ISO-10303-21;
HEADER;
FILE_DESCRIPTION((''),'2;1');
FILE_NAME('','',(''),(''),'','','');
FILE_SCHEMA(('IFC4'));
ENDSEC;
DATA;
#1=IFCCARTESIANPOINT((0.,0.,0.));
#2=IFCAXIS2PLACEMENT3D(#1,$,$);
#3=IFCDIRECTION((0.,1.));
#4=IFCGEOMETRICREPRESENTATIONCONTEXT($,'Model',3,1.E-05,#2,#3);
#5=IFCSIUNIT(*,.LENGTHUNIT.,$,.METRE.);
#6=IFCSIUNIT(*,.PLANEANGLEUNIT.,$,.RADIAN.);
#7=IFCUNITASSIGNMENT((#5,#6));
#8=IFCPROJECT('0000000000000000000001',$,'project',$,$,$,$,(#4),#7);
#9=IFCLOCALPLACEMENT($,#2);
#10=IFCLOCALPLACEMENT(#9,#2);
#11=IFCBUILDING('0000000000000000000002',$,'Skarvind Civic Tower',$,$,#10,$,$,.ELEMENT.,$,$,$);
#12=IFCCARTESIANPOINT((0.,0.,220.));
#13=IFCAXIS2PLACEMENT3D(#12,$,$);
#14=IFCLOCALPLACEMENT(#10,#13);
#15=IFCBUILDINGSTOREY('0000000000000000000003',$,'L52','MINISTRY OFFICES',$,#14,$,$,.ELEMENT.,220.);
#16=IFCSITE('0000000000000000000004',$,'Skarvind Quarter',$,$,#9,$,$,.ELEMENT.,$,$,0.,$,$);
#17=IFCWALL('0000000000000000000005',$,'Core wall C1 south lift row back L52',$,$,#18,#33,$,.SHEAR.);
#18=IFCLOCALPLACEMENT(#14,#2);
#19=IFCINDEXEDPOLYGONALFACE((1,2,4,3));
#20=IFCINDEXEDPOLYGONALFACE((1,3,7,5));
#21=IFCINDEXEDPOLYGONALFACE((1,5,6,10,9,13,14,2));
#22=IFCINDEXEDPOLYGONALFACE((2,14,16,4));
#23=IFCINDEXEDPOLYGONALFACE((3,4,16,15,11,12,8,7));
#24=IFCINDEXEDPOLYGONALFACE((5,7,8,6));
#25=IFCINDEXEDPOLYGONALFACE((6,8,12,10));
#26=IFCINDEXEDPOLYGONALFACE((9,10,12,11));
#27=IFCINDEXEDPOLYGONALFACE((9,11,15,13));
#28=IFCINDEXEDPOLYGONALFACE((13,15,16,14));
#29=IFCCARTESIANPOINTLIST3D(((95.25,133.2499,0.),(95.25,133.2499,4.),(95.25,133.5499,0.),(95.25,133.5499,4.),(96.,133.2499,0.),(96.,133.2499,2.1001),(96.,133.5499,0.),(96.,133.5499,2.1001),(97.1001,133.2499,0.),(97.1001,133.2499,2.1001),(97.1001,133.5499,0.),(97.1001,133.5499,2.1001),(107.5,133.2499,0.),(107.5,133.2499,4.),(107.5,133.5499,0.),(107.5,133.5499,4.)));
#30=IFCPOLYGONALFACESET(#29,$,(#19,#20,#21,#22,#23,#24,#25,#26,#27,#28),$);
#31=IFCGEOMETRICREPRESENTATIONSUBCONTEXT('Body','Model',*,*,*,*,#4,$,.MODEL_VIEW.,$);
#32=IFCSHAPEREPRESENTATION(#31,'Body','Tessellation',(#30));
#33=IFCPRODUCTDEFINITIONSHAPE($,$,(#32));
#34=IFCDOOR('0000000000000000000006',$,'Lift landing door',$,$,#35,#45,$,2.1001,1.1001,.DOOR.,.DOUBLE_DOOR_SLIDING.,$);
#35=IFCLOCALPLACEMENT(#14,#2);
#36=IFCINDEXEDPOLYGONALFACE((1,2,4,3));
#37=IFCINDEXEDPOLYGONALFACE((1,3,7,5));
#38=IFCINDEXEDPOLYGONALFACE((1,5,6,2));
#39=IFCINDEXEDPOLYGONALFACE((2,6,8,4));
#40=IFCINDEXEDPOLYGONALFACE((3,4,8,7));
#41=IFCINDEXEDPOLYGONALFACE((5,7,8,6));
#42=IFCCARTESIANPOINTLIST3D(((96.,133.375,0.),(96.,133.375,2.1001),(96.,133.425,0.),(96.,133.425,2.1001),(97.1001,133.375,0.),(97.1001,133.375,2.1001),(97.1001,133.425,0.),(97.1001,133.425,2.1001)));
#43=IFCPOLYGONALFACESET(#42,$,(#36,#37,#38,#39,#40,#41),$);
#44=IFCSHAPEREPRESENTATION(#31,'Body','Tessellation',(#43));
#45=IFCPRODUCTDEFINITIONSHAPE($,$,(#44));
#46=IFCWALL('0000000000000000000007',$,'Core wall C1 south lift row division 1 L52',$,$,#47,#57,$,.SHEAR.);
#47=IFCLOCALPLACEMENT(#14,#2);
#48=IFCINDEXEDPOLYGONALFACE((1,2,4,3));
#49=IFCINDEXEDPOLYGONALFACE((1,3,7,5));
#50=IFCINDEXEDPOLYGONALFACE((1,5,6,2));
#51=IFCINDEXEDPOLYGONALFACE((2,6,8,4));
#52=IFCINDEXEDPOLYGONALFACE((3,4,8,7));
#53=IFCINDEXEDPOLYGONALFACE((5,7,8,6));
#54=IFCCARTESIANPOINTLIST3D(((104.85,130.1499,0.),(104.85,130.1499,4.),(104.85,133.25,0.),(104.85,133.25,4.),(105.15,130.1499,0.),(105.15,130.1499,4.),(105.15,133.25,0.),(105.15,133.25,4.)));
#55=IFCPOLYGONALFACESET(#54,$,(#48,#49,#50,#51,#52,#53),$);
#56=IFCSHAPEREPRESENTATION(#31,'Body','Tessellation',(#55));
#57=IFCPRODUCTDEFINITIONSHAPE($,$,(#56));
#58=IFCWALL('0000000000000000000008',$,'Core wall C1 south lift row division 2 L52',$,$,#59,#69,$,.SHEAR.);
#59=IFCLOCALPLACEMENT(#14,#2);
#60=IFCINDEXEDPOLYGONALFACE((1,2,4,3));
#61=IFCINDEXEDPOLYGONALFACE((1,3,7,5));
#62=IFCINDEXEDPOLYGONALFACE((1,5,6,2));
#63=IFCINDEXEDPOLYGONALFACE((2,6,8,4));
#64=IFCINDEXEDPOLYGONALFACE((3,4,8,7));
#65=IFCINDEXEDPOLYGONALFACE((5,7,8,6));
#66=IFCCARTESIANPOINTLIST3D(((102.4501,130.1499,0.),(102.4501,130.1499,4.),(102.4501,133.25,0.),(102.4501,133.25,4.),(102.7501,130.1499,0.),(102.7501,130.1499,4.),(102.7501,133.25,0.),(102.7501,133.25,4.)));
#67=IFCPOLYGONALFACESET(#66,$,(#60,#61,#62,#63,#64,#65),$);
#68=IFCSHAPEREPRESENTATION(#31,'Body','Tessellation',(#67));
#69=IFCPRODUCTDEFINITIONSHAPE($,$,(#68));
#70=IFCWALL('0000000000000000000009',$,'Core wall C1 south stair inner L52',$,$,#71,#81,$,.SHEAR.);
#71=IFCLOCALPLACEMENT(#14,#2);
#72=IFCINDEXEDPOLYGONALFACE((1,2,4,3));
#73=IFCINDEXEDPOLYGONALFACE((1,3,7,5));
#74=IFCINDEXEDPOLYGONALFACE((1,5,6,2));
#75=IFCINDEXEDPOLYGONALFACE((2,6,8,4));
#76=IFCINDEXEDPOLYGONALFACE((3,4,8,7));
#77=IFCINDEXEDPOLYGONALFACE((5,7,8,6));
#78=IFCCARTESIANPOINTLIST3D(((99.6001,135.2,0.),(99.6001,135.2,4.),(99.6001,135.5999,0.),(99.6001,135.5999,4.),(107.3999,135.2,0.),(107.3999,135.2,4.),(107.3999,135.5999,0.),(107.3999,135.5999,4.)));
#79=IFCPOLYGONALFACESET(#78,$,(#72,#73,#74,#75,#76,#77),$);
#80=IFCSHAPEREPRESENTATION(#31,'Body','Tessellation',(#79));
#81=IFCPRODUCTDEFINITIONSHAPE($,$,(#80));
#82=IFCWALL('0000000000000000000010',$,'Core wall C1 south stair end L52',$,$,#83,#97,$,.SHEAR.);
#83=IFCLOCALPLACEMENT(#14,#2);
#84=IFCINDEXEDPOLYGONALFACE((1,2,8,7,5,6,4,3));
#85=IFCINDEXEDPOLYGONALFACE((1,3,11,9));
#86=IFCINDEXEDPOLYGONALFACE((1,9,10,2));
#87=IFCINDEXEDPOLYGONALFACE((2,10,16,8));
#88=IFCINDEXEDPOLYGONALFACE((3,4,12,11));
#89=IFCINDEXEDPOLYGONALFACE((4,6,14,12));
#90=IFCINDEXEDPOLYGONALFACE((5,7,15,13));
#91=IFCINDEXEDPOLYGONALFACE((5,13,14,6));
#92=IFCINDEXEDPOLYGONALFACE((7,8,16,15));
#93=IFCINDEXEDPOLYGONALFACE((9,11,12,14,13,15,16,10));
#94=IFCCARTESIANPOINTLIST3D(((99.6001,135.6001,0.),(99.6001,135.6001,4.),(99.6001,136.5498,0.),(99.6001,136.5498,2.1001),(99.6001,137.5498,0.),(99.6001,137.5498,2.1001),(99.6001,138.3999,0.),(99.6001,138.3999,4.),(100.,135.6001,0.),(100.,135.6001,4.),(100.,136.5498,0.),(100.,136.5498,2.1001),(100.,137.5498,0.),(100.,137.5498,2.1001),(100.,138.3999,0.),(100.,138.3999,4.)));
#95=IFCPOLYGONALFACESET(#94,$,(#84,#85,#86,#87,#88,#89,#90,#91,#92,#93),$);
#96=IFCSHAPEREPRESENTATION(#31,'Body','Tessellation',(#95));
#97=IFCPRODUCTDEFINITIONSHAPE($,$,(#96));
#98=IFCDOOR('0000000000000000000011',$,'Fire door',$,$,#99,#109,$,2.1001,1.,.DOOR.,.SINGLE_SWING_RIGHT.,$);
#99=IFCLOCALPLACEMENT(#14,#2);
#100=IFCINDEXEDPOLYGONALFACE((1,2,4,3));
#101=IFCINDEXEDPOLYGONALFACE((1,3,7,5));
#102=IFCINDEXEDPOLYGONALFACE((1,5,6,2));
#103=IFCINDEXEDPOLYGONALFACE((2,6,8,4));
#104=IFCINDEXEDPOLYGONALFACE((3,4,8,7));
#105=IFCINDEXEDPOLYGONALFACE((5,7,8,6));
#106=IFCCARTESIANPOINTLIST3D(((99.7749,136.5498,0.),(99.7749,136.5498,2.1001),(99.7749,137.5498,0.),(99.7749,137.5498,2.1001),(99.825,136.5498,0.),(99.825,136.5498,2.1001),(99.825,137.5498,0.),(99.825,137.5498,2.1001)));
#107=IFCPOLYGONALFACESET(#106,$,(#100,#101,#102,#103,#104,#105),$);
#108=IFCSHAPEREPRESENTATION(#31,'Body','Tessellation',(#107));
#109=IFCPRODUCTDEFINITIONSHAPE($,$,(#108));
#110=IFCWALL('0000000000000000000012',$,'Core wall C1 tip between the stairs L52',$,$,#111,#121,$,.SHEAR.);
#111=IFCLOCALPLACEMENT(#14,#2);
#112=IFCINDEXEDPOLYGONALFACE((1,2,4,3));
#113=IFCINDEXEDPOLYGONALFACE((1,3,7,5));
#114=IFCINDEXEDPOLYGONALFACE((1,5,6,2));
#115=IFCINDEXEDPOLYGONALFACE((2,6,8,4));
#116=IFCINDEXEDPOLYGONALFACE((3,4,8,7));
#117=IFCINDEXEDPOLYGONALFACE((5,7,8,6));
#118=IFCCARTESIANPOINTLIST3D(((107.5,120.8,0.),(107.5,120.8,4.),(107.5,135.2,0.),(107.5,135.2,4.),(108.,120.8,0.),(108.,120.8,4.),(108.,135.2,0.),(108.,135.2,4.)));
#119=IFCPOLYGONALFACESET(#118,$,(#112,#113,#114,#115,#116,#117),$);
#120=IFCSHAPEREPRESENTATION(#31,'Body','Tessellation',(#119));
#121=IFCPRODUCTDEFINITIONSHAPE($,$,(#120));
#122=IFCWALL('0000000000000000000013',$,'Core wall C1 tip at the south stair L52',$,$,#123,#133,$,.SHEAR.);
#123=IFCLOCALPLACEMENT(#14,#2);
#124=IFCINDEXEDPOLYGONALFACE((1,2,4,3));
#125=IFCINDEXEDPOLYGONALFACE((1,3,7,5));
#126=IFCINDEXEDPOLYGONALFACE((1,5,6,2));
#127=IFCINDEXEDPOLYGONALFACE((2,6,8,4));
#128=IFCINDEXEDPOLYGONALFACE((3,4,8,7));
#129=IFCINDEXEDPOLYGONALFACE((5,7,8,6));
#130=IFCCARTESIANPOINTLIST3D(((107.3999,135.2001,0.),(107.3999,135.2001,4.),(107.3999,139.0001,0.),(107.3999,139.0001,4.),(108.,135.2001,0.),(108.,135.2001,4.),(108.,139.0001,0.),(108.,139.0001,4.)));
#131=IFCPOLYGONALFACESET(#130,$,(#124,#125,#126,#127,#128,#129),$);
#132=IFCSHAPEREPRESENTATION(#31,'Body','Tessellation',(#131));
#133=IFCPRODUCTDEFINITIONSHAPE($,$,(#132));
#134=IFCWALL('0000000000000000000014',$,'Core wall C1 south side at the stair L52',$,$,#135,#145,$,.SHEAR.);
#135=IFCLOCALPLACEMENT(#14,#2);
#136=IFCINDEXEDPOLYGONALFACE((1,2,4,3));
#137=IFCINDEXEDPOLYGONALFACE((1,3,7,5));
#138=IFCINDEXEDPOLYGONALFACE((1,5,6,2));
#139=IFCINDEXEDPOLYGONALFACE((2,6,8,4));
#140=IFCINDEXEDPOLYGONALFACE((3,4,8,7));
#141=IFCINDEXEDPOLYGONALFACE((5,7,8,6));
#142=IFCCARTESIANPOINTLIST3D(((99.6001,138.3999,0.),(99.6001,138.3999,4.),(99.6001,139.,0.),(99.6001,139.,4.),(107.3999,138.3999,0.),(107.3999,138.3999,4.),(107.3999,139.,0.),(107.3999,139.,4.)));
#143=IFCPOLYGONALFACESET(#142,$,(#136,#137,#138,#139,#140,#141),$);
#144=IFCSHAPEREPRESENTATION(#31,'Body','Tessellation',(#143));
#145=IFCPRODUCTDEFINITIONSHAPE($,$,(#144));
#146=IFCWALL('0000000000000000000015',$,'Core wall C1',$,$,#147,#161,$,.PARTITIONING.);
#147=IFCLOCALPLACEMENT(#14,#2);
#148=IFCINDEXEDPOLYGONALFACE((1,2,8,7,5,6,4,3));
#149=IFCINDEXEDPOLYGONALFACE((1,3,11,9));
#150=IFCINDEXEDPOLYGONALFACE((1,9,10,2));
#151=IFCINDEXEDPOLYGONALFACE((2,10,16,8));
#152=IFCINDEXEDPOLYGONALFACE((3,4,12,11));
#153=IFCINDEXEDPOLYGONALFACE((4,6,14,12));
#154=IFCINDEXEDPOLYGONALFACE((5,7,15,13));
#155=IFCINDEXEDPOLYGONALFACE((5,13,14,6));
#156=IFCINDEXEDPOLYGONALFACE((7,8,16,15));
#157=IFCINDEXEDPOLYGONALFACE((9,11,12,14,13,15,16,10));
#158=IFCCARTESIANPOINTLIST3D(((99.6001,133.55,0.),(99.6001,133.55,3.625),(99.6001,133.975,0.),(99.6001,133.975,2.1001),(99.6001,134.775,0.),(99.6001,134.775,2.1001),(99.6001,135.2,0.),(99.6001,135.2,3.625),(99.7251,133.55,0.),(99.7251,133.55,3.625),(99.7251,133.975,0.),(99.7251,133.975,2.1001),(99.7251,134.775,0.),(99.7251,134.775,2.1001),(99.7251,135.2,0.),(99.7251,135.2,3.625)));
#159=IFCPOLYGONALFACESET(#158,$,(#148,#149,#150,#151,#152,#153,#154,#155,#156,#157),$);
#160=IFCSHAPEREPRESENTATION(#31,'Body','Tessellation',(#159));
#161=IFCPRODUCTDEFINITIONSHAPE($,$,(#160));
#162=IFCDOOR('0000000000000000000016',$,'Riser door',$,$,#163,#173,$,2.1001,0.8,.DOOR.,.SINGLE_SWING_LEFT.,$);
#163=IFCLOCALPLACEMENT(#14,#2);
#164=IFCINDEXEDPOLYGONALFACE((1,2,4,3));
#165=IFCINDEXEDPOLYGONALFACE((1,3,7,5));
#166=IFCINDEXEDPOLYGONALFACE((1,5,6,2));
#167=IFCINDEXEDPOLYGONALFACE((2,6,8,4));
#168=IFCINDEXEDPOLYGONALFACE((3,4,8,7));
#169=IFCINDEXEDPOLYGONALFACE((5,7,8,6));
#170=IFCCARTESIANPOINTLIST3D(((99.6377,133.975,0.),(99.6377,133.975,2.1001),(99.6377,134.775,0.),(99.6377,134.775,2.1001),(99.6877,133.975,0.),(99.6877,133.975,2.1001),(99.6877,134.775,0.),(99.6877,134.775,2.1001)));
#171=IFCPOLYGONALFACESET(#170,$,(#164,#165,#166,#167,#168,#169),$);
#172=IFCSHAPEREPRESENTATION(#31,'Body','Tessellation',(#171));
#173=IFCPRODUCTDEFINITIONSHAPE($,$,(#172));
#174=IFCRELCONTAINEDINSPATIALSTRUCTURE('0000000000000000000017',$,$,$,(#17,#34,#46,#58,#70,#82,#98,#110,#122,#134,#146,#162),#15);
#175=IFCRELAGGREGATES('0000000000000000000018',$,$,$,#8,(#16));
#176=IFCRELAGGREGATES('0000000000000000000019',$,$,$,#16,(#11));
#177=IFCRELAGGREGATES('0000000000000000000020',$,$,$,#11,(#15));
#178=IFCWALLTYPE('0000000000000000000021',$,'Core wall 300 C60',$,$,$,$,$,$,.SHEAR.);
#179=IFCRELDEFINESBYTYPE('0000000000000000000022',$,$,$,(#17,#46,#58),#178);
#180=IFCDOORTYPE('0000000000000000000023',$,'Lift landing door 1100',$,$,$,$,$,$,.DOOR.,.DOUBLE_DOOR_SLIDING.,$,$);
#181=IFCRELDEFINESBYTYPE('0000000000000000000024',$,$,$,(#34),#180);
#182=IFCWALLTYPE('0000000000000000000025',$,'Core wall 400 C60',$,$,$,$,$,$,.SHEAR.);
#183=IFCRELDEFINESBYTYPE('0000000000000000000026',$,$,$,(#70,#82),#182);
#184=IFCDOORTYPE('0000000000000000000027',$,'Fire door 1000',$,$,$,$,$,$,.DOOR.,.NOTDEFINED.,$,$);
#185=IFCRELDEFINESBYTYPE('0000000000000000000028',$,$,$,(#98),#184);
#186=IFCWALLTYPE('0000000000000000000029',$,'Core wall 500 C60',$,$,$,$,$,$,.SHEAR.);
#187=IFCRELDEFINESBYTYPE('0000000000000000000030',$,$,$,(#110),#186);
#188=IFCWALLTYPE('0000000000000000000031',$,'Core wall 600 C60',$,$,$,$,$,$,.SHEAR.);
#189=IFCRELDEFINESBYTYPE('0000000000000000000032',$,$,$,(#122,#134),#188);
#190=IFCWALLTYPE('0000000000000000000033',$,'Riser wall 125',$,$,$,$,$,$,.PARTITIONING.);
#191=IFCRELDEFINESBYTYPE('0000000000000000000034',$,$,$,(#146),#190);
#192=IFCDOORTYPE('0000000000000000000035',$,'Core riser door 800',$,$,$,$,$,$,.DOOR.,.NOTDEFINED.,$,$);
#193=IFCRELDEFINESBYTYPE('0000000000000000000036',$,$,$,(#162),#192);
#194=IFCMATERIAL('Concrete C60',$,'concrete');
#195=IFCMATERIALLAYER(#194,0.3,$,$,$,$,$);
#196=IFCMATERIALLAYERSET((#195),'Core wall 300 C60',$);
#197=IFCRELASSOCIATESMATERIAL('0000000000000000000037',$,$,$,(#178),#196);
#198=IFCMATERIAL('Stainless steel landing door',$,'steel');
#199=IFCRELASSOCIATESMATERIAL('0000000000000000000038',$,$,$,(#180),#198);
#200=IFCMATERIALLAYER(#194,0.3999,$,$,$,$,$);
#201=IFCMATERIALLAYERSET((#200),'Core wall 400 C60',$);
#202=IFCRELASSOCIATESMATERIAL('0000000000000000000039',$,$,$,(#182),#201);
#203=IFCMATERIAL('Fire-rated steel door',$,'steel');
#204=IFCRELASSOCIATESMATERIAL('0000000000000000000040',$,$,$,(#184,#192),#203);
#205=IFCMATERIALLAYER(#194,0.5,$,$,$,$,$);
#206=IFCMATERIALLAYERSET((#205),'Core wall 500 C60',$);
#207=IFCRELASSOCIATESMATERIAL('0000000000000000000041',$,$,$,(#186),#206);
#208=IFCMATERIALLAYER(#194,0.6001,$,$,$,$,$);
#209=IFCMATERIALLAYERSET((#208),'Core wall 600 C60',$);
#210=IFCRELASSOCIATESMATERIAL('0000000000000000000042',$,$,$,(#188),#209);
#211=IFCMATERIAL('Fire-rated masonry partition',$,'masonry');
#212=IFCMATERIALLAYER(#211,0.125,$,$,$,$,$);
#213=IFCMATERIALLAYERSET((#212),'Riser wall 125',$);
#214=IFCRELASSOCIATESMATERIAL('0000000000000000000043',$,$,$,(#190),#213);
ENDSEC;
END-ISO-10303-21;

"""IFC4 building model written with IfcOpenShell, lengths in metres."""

from ifc_helpers import new_model, si_unit, direction, frame, frame_2d, origin, place, context, subcontext, project, spatial, rectangle, extrude, material, layer, layer_set, type_object, element, fill, save


model = new_model("IFC4")

# Units and contexts
model_context = context("Model", 3, precision=1e-05, world=origin(), true_north=direction((0.0, 1.0)))
body_context = subcontext(model_context, "Body", "Model", "MODEL_VIEW")
ifc_project = project(units=[si_unit("LENGTHUNIT", "METRE"), si_unit("PLANEANGLEUNIT", "RADIAN")], contexts=[model_context])

# Site, building, storey
site_placement = place(None, origin())
site = spatial("IfcSite", under=ifc_project, at=site_placement, Name="Skarvind Quarter", CompositionType="ELEMENT", RefElevation=0.0)
building_placement = place(site_placement, origin())
building = spatial("IfcBuilding", under=site, at=building_placement, Name="Skarvind Civic Tower", CompositionType="ELEMENT")
storey_placement = place(building_placement, frame((0.0, 0.0, 220.0)))
storey = spatial("IfcBuildingStorey", under=building, at=storey_placement, Name="L52", Description="MINISTRY OFFICES", CompositionType="ELEMENT", Elevation=220.0)

# Wall, opening, door
ifc_material_1 = material(Name="Concrete C60", Category="concrete")
ifc_layer_1 = layer(ifc_material_1, 0.3)
ifc_layer_set_1 = layer_set([ifc_layer_1], Name="Core wall 300 C60")
wall_type_1 = type_object("IfcWallType", Name="Core wall 300 C60", PredefinedType="SHEAR", material=ifc_layer_set_1)
wall_1_placement = place(storey_placement, frame((107.5, 133.3999, 0.0), z_axis=(0.0, 0.0, 1.0), x_axis=(-1.0, 0.0, 0.0)))
wall_1 = element("IfcWall", 1, at=wall_1_placement, inside=storey, type_object=wall_type_1, Name="Core wall C1 south lift row back L52", PredefinedType="SHEAR", context=body_context, shape_type="SweptSolid", body=[
    extrude(rectangle(XDim=12.25, YDim=0.3, at=frame_2d((6.125, 0.0))), origin(), (0.0, 0.0, 1.0), 4.0),
])
opening_1_placement = place(wall_1_placement, frame((10.3999, 0.0, 0.0)))
opening_1 = element("IfcOpeningElement", 2, at=opening_1_placement, cuts=wall_1, PredefinedType="OPENING", context=body_context, shape_type="SweptSolid", body=[
    extrude(rectangle(XDim=1.1001, YDim=2.1001, at=frame_2d((0.55, 1.05))), frame((0.0, 0.1599, 0.0), z_axis=(0.0, -1.0, 0.0), x_axis=(1.0, 0.0, 0.0)), (0.0, 0.0, 1.0), 0.3201),
])
ifc_material_2 = material(Name="Stainless steel landing door", Category="steel")
door_type_1 = type_object("IfcDoorType", Name="Lift landing door 1100", OperationType="DOUBLE_DOOR_SLIDING", PredefinedType="DOOR", material=ifc_material_2)
door_1_placement = place(opening_1_placement, origin())
door_1 = element("IfcDoor", 3, at=door_1_placement, inside=storey, type_object=door_type_1, Name="Lift landing door", OperationType="DOUBLE_DOOR_SLIDING", OverallHeight=2.1001, OverallWidth=1.1001, PredefinedType="DOOR", context=body_context, shape_type="SweptSolid", body=[
    extrude(rectangle(XDim=1.1001, YDim=2.1001, at=frame_2d((0.55, 1.05))), frame((0.0, 0.0249, 0.0), z_axis=(0.0, -1.0, 0.0), x_axis=(1.0, 0.0, 0.0)), (0.0, 0.0, 1.0), 0.05),
])
fill(opening_1, door_1)

# Walls
for number, where, z_axis, x_axis, name in (
    (4, (105.0, 133.25, 0.0), (0.0, 0.0, 1.0), (0.0, -1.0, 0.0), "Core wall C1 south lift row division 1 L52"),
    (5, (102.6001, 133.25, 0.0), (0.0, 0.0, 1.0), (0.0, -1.0, 0.0), "Core wall C1 south lift row division 2 L52"),
):
    element("IfcWall", number, at=place(storey_placement, frame(where, z_axis=z_axis, x_axis=x_axis)), inside=storey, type_object=wall_type_1, Name=name, PredefinedType="SHEAR", context=body_context, shape_type="SweptSolid", body=[
        extrude(rectangle(XDim=3.1001, YDim=0.3, at=frame_2d((1.55, 0.0))), origin(), (0.0, 0.0, 1.0), 4.0),
    ])
ifc_layer_2 = layer(ifc_material_1, 0.3999)
ifc_layer_set_2 = layer_set([ifc_layer_2], Name="Core wall 400 C60")
wall_type_2 = type_object("IfcWallType", Name="Core wall 400 C60", PredefinedType="SHEAR", material=ifc_layer_set_2)
wall_2_placement = place(storey_placement, frame((107.3999, 135.3999, 0.0), z_axis=(0.0, 0.0, 1.0), x_axis=(-1.0, 0.0, 0.0)))
element("IfcWall", 6, at=wall_2_placement, inside=storey, type_object=wall_type_2, Name="Core wall C1 south stair inner L52", PredefinedType="SHEAR", context=body_context, shape_type="SweptSolid", body=[
    extrude(rectangle(XDim=7.7998, YDim=0.3999, at=frame_2d((3.8999, 0.0))), origin(), (0.0, 0.0, 1.0), 4.0),
])

# Wall, opening, door
wall_3_placement = place(storey_placement, frame((99.8, 138.3999, 0.0), z_axis=(0.0, 0.0, 1.0), x_axis=(0.0, -1.0, 0.0)))
wall_3 = element("IfcWall", 7, at=wall_3_placement, inside=storey, type_object=wall_type_2, Name="Core wall C1 south stair end L52", PredefinedType="SHEAR", context=body_context, shape_type="SweptSolid", body=[
    extrude(rectangle(XDim=2.7998, YDim=0.3999, at=frame_2d((1.3999, 0.0))), origin(), (0.0, 0.0, 1.0), 4.0),
])
opening_2_placement = place(wall_3_placement, frame((0.8501, 0.0, 0.0)))
opening_2 = element("IfcOpeningElement", 8, at=opening_2_placement, cuts=wall_3, PredefinedType="OPENING", context=body_context, shape_type="SweptSolid", body=[
    extrude(rectangle(XDim=1.0, YDim=2.1001, at=frame_2d((0.5, 1.05))), frame((0.0, 0.21, 0.0), z_axis=(0.0, -1.0, 0.0), x_axis=(1.0, 0.0, 0.0)), (0.0, 0.0, 1.0), 0.4199),
])
ifc_material_3 = material(Name="Fire-rated steel door", Category="steel")
door_type_2 = type_object("IfcDoorType", Name="Fire door 1000", OperationType="NOTDEFINED", PredefinedType="DOOR", material=ifc_material_3)
door_2_placement = place(opening_2_placement, origin())
door_2 = element("IfcDoor", 9, at=door_2_placement, inside=storey, type_object=door_type_2, Name="Fire door", OperationType="SINGLE_SWING_RIGHT", OverallHeight=2.1001, OverallWidth=1.0, PredefinedType="DOOR", context=body_context, shape_type="SweptSolid", body=[
    extrude(rectangle(XDim=1.0, YDim=2.1001, at=frame_2d((0.5, 1.05))), frame((0.0, 0.0249, 0.0), z_axis=(0.0, -1.0, 0.0), x_axis=(1.0, 0.0, 0.0)), (0.0, 0.0, 1.0), 0.05),
])
fill(opening_2, door_2)

# Walls
ifc_layer_3 = layer(ifc_material_1, 0.5)
ifc_layer_set_3 = layer_set([ifc_layer_3], Name="Core wall 500 C60")
wall_type_3 = type_object("IfcWallType", Name="Core wall 500 C60", PredefinedType="SHEAR", material=ifc_layer_set_3)
wall_4_placement = place(storey_placement, frame((107.75, 135.2, 0.0), z_axis=(0.0, 0.0, 1.0), x_axis=(0.0, -1.0, 0.0)))
element("IfcWall", 10, at=wall_4_placement, inside=storey, type_object=wall_type_3, Name="Core wall C1 tip between the stairs L52", PredefinedType="SHEAR", context=body_context, shape_type="SweptSolid", body=[
    extrude(rectangle(XDim=14.3999, YDim=0.5, at=frame_2d((7.2, 0.0))), origin(), (0.0, 0.0, 1.0), 4.0),
])
ifc_layer_4 = layer(ifc_material_1, 0.6001)
ifc_layer_set_4 = layer_set([ifc_layer_4], Name="Core wall 600 C60")
wall_type_4 = type_object("IfcWallType", Name="Core wall 600 C60", PredefinedType="SHEAR", material=ifc_layer_set_4)
wall_5_placement = place(storey_placement, frame((107.7, 139.0, 0.0), z_axis=(0.0, 0.0, 1.0), x_axis=(0.0, -1.0, 0.0)))
element("IfcWall", 11, at=wall_5_placement, inside=storey, type_object=wall_type_4, Name="Core wall C1 tip at the south stair L52", PredefinedType="SHEAR", context=body_context, shape_type="SweptSolid", body=[
    extrude(rectangle(XDim=3.8, YDim=0.6001, at=frame_2d((1.8999, 0.0))), origin(), (0.0, 0.0, 1.0), 4.0),
])
wall_6_placement = place(storey_placement, frame((107.3999, 138.7, 0.0), z_axis=(0.0, 0.0, 1.0), x_axis=(-1.0, 0.0, 0.0)))
element("IfcWall", 12, at=wall_6_placement, inside=storey, type_object=wall_type_4, Name="Core wall C1 south side at the stair L52", PredefinedType="SHEAR", context=body_context, shape_type="SweptSolid", body=[
    extrude(rectangle(XDim=7.7998, YDim=0.6001, at=frame_2d((3.8999, 0.0))), origin(), (0.0, 0.0, 1.0), 4.0),
])

# Wall, opening, door
ifc_material_4 = material(Name="Fire-rated masonry partition", Category="masonry")
ifc_layer_5 = layer(ifc_material_4, 0.125)
ifc_layer_set_5 = layer_set([ifc_layer_5], Name="Riser wall 125")
wall_type_5 = type_object("IfcWallType", Name="Riser wall 125", PredefinedType="PARTITIONING", material=ifc_layer_set_5)
wall_7_placement = place(storey_placement, frame((99.6626, 133.55, 0.0), z_axis=(0.0, 0.0, 1.0), x_axis=(0.0, 1.0, 0.0)))
wall_7 = element("IfcWall", 13, at=wall_7_placement, inside=storey, type_object=wall_type_5, Name="Core wall C1", PredefinedType="PARTITIONING", context=body_context, shape_type="SweptSolid", body=[
    extrude(rectangle(XDim=1.6499, YDim=0.125, at=frame_2d((0.825, 0.0))), origin(), (0.0, 0.0, 1.0), 3.625),
])
opening_3_placement = place(wall_7_placement, frame((0.425, 0.0, 0.0)))
opening_3 = element("IfcOpeningElement", 14, at=opening_3_placement, cuts=wall_7, PredefinedType="OPENING", context=body_context, shape_type="SweptSolid", body=[
    extrude(rectangle(XDim=0.8, YDim=2.1001, at=frame_2d((0.3999, 1.05))), frame((0.0, 0.0725, 0.0), z_axis=(0.0, -1.0, 0.0), x_axis=(1.0, 0.0, 0.0)), (0.0, 0.0, 1.0), 0.145),
])
door_type_3 = type_object("IfcDoorType", Name="Core riser door 800", OperationType="NOTDEFINED", PredefinedType="DOOR", material=ifc_material_3)
door_3_placement = place(opening_3_placement, origin())
door_3 = element("IfcDoor", 15, at=door_3_placement, inside=storey, type_object=door_type_3, Name="Riser door", OperationType="SINGLE_SWING_LEFT", OverallHeight=2.1001, OverallWidth=0.8, PredefinedType="DOOR", context=body_context, shape_type="SweptSolid", body=[
    extrude(rectangle(XDim=0.8, YDim=2.1001, at=frame_2d((0.3999, 1.05))), frame((0.0, 0.0249, 0.0), z_axis=(0.0, -1.0, 0.0), x_axis=(1.0, 0.0, 0.0)), (0.0, 0.0, 1.0), 0.05),
])
fill(opening_3, door_3)

save(model, "model.ifc")
